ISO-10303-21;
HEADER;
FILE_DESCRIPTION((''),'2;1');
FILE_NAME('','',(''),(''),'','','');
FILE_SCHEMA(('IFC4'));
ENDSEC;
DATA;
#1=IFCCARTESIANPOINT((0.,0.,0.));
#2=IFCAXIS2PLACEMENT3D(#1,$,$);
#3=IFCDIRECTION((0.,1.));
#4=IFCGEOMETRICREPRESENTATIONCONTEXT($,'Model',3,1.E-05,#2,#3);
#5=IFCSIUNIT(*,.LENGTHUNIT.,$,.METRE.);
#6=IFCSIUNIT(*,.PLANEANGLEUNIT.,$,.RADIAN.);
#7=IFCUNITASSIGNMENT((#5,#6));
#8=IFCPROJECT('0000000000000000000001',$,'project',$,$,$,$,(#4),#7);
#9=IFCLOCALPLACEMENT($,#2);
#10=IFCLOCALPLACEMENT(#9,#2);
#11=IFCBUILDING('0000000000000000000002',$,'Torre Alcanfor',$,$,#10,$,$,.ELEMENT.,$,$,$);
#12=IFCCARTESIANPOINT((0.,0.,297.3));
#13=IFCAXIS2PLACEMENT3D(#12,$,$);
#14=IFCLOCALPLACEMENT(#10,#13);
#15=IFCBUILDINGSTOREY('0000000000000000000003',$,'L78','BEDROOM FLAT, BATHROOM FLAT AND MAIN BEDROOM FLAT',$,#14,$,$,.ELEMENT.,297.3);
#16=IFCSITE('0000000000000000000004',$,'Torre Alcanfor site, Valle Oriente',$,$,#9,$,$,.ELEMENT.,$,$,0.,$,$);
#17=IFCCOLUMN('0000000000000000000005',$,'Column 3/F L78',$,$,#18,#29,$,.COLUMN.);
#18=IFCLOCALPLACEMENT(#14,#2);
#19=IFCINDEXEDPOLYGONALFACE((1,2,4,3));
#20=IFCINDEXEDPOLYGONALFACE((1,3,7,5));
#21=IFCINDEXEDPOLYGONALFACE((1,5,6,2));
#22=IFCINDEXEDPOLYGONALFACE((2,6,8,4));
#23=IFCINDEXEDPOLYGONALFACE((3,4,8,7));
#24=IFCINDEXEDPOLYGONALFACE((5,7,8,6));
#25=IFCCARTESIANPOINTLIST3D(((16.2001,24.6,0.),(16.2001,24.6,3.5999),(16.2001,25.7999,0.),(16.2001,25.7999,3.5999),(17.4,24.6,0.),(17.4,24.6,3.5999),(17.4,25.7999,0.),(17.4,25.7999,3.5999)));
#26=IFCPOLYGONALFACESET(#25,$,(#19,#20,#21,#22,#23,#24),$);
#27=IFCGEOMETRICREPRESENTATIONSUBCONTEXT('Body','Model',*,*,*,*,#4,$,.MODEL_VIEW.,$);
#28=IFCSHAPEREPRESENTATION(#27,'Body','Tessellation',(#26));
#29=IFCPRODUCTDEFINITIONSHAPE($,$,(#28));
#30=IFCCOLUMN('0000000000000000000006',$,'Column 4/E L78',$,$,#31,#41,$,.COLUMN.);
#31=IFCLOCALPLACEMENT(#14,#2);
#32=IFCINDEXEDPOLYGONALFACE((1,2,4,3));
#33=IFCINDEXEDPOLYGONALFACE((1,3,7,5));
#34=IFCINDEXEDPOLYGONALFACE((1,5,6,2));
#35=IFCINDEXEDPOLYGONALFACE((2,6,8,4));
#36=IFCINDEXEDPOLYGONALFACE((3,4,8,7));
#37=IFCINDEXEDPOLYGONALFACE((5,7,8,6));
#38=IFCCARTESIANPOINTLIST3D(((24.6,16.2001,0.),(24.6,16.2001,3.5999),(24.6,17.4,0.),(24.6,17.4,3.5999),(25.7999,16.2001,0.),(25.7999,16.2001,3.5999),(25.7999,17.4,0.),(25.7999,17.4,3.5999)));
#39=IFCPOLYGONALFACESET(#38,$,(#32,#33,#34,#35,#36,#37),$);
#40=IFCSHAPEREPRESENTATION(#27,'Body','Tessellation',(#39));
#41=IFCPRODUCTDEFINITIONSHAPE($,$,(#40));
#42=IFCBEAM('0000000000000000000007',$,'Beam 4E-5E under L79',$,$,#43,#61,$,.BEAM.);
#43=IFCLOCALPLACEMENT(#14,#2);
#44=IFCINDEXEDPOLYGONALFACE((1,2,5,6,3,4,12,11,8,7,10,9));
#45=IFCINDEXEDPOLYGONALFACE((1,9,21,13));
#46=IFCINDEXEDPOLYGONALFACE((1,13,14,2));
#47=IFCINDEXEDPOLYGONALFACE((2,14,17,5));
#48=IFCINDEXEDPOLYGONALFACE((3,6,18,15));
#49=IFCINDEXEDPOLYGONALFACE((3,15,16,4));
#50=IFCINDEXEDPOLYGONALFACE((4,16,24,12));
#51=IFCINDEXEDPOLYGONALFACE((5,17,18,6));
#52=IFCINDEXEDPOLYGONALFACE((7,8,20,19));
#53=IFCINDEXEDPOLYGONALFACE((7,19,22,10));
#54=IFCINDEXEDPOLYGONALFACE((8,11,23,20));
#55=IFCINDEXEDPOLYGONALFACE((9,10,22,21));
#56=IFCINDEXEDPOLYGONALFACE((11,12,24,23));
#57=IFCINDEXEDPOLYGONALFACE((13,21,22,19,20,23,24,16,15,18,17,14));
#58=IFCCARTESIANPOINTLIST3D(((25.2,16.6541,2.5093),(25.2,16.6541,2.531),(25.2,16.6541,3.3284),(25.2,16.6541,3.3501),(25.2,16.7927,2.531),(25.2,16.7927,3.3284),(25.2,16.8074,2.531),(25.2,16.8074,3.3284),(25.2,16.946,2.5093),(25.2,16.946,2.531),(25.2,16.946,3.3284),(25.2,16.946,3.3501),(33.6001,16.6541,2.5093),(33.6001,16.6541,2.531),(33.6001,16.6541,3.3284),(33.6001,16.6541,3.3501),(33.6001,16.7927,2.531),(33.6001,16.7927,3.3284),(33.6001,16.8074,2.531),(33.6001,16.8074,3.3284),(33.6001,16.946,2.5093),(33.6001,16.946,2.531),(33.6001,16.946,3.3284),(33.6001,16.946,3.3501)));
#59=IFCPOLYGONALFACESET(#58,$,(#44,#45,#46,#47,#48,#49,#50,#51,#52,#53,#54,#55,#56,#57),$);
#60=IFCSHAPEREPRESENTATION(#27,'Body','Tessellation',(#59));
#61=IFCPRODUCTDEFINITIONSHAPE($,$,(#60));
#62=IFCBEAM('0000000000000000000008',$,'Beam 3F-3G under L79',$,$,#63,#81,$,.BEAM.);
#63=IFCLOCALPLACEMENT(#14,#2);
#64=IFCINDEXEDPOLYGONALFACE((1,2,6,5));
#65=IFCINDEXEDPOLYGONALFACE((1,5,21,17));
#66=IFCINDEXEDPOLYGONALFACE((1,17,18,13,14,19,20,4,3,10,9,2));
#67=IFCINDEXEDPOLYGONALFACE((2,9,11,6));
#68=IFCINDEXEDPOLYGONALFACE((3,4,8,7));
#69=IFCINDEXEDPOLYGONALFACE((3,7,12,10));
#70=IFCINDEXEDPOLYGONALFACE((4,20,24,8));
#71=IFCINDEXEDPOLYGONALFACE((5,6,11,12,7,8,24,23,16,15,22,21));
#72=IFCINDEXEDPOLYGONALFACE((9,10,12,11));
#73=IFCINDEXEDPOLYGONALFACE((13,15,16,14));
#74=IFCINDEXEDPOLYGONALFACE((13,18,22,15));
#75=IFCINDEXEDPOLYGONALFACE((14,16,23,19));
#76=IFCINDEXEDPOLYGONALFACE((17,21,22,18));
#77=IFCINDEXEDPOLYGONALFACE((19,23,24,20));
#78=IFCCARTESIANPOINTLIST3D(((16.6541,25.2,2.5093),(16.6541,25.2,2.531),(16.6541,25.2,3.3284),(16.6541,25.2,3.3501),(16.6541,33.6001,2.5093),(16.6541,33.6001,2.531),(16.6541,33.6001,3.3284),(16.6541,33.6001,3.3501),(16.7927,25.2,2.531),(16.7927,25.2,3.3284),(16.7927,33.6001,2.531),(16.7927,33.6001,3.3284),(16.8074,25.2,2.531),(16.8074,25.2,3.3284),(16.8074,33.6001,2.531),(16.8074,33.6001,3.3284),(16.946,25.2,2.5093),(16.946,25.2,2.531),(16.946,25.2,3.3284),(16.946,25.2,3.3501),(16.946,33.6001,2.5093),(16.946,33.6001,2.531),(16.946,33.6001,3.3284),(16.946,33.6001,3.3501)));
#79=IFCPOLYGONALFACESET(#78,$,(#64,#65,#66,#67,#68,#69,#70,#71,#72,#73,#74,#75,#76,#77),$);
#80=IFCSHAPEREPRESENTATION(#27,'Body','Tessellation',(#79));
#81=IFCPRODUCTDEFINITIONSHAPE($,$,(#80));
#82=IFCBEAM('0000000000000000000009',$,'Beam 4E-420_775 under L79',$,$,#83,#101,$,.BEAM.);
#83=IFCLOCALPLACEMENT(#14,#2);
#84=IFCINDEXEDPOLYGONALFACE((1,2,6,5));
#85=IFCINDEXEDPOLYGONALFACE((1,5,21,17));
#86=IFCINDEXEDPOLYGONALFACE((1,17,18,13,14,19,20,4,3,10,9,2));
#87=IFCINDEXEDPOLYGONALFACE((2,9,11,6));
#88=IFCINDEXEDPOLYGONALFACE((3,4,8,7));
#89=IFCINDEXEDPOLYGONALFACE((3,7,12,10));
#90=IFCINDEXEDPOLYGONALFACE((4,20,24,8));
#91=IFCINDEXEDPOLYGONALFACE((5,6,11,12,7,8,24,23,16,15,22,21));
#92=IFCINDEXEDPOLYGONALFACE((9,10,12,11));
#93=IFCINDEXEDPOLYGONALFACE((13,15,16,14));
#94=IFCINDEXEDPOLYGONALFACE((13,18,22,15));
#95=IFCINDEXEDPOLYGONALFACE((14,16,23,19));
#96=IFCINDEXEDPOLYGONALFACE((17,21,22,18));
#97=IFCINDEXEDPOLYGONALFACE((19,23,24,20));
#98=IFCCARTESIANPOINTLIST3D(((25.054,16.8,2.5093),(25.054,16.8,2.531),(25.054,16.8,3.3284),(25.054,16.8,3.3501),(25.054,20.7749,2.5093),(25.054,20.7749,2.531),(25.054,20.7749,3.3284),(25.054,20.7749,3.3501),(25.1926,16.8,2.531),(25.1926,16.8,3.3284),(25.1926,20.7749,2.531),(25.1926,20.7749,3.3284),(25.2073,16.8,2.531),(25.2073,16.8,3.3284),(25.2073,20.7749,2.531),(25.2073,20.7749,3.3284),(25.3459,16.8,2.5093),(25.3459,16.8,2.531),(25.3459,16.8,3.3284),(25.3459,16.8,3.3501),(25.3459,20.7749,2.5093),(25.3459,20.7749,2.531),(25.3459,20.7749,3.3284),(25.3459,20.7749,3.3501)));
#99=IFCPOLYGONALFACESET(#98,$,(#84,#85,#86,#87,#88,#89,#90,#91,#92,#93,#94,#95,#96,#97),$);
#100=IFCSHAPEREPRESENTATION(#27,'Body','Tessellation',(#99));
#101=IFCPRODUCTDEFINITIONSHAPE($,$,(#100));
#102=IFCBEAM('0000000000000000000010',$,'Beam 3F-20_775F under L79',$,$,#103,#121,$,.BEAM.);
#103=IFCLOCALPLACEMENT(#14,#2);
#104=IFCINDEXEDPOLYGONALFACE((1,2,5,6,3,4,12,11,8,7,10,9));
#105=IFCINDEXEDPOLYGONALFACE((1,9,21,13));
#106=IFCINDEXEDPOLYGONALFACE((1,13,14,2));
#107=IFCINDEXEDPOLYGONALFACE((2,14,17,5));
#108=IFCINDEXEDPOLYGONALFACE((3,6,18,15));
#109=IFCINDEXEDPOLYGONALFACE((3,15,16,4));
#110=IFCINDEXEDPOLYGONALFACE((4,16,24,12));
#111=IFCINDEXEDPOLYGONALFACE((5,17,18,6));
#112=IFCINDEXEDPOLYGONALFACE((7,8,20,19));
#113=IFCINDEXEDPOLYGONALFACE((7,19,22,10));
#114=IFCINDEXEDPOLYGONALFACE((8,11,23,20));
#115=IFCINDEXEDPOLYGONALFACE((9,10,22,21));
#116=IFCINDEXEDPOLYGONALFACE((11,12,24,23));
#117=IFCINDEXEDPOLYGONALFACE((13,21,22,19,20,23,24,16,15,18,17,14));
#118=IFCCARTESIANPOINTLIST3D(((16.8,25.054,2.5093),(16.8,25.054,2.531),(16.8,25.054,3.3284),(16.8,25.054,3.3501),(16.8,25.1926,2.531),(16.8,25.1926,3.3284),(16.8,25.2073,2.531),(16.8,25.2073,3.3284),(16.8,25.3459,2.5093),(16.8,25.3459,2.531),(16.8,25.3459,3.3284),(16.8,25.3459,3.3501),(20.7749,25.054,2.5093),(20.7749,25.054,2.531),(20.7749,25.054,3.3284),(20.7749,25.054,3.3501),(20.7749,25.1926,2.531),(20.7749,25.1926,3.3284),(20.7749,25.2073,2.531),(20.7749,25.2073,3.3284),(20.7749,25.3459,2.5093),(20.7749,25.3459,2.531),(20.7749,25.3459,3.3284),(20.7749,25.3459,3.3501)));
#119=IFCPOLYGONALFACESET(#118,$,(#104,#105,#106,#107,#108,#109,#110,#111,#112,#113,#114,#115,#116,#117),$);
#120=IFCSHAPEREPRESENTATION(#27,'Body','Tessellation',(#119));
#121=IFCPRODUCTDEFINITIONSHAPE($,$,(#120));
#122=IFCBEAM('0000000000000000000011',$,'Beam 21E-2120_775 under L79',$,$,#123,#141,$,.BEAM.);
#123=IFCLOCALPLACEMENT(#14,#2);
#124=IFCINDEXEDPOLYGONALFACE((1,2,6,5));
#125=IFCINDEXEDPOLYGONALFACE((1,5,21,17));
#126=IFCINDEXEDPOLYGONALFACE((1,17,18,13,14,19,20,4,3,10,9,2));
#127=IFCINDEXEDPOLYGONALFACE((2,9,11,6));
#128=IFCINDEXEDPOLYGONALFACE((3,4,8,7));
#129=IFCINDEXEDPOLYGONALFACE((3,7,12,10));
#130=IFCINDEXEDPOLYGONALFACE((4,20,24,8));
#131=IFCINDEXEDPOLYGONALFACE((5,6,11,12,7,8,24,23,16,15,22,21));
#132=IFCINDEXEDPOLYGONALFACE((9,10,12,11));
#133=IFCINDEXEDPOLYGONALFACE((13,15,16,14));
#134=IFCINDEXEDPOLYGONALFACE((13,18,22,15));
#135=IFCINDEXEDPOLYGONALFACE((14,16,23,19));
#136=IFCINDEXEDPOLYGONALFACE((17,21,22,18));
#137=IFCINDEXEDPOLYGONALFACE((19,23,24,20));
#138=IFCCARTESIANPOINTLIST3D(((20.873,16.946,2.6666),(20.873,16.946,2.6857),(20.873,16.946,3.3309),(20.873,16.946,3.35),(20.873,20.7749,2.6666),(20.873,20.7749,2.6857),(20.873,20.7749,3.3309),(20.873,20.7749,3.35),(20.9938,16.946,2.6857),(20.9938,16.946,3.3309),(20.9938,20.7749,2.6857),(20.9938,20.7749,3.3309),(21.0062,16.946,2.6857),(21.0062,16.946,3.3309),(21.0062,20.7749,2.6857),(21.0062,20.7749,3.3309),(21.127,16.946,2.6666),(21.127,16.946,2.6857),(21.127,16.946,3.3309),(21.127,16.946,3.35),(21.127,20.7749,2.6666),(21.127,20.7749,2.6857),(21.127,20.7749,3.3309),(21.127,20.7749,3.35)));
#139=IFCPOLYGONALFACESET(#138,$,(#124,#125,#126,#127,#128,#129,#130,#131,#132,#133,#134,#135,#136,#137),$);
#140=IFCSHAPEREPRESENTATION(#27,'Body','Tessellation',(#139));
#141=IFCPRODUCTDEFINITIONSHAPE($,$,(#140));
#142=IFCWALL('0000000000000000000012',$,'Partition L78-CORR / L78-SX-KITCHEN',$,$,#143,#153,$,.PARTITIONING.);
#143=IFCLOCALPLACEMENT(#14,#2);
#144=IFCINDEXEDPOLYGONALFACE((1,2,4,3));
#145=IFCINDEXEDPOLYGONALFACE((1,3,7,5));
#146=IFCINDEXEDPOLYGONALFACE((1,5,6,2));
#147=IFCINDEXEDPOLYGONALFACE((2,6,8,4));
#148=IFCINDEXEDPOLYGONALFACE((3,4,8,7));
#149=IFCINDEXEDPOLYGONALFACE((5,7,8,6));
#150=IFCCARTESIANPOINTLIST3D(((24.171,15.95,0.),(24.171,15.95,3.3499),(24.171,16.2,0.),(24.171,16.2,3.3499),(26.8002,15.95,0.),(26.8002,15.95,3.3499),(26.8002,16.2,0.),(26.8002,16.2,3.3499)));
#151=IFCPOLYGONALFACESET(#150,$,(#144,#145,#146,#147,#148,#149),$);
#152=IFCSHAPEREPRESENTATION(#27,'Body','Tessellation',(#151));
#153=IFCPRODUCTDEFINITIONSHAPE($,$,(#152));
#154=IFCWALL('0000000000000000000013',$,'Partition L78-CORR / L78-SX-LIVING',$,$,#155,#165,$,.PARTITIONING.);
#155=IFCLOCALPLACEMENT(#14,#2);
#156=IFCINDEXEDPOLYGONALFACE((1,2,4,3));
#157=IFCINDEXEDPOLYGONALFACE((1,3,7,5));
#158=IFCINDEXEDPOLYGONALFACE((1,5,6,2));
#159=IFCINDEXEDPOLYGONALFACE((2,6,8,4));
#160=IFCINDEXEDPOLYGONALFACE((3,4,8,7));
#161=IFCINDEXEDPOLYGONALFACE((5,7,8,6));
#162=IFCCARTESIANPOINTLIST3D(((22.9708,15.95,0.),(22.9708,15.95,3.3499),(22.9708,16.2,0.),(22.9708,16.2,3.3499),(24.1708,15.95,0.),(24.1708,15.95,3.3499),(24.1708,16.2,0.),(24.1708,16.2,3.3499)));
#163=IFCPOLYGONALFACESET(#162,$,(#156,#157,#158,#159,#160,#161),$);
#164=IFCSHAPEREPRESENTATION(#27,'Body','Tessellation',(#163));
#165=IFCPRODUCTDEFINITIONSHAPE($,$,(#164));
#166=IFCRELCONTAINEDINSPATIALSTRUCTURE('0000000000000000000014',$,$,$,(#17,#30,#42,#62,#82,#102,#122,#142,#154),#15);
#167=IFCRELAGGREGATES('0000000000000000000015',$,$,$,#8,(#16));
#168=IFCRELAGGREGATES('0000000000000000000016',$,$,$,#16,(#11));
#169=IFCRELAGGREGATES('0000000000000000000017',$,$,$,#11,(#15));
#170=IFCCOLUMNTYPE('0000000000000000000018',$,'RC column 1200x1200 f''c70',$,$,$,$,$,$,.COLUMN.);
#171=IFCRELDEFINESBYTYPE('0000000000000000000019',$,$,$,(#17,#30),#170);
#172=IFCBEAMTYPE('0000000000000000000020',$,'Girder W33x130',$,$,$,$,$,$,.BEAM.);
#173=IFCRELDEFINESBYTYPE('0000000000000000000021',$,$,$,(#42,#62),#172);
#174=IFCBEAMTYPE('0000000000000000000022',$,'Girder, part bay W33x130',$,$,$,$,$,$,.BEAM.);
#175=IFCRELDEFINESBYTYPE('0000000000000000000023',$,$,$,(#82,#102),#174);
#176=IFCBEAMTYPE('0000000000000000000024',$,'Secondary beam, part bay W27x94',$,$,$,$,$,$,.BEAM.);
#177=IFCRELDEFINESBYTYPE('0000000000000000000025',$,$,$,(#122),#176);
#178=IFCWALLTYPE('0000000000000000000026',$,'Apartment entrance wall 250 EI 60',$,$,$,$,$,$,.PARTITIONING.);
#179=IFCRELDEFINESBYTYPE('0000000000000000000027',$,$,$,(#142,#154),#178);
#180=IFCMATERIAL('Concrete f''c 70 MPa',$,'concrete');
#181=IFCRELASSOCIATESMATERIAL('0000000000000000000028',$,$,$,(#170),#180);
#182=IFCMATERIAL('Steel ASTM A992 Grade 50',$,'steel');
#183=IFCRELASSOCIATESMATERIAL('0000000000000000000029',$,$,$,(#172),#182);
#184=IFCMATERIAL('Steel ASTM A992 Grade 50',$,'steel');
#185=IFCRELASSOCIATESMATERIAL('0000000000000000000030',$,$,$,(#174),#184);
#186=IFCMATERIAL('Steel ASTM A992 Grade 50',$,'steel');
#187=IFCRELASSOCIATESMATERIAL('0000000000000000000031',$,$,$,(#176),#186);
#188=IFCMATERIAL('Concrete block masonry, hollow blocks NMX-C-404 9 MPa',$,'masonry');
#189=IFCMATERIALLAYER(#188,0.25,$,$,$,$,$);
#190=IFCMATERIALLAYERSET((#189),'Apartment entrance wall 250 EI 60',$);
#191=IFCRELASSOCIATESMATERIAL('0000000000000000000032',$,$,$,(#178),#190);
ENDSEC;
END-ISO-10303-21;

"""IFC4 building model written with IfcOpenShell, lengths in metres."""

from ifc_helpers import new_model, si_unit, direction, frame, frame_2d, origin, origin_2d, place, context, subcontext, project, spatial, rectangle, i_section, extrude, material, layer, layer_set, material_profile, profile_set, type_object, element, save


model = new_model("IFC4")

# Units and contexts
model_context = context("Model", 3, precision=1e-05, world=origin(), true_north=direction((0.0, 1.0)))
body_context = subcontext(model_context, "Body", "Model", "MODEL_VIEW")
ifc_project = project(units=[si_unit("LENGTHUNIT", "METRE"), si_unit("PLANEANGLEUNIT", "RADIAN")], contexts=[model_context])

# Site, building, storey
site_placement = place(None, origin())
site = spatial("IfcSite", under=ifc_project, at=site_placement, Name="Torre Alcanfor site, Valle Oriente", CompositionType="ELEMENT", RefElevation=0.0)
building_placement = place(site_placement, origin())
building = spatial("IfcBuilding", under=site, at=building_placement, Name="Torre Alcanfor", CompositionType="ELEMENT")
storey_placement = place(building_placement, frame((0.0, 0.0, 297.3)))
storey = spatial("IfcBuildingStorey", under=building, at=storey_placement, Name="L78", Description="BEDROOM FLAT, BATHROOM FLAT AND MAIN BEDROOM FLAT", CompositionType="ELEMENT", Elevation=297.3)

# Columns
ifc_material_1 = material(Name="Concrete f'c 70 MPa", Category="concrete")
ifc_material_profile_1 = material_profile(ifc_material_1, rectangle(XDim=1.2, YDim=1.2, at=origin_2d()), Name="1200x1200")
ifc_profile_set_1 = profile_set([ifc_material_profile_1], Name="Concrete f'c 70 MPa")
column_type = type_object("IfcColumnType", Name="RC column 1200x1200 f'c70", PredefinedType="COLUMN", material=ifc_profile_set_1)
for number, where, z_axis, x_axis, name in (
    (1, (16.8, 25.2, 0.0), (0.0, 0.0, 1.0), (1.0, 0.0, 0.0), "Column 3/F L78"),
    (2, (25.2, 16.8, 0.0), (0.0, 0.0, 1.0), (1.0, 0.0, 0.0), "Column 4/E L78"),
):
    element("IfcColumn", number, at=place(storey_placement, frame(where, z_axis=z_axis, x_axis=x_axis)), inside=storey, type_object=column_type, Name=name, PredefinedType="COLUMN", context=body_context, shape_type="SweptSolid", body=[
        extrude(rectangle(XDim=1.2, YDim=1.2, at=origin_2d()), origin(), (0.0, 0.0, 1.0), 3.5999),
    ])

# Beams
ifc_material_2 = material(Name="Steel ASTM A992 Grade 50", Category="steel")
ifc_material_profile_2 = material_profile(ifc_material_2, i_section(OverallWidth=0.292, OverallDepth=0.8408, WebThickness=0.0146, FlangeThickness=0.0217, at=origin_2d()), Name="W33x130")
ifc_profile_set_2 = profile_set([ifc_material_profile_2], Name="Steel ASTM A992 Grade 50")
beam_type_1 = type_object("IfcBeamType", Name="Girder W33x130", PredefinedType="BEAM", material=ifc_profile_set_2)
for number, where, z_axis, x_axis, name in (
    (3, (25.2, 16.8, 2.9297), (1.0, 0.0, 0.0), (0.0, 1.0, 0.0), "Beam 4E-5E under L79"),
    (4, (16.8, 25.2, 2.9297), (0.0, 1.0, 0.0), (-1.0, 0.0, 0.0), "Beam 3F-3G under L79"),
):
    element("IfcBeam", number, at=place(storey_placement, frame(where, z_axis=z_axis, x_axis=x_axis)), inside=storey, type_object=beam_type_1, Name=name, PredefinedType="BEAM", context=body_context, shape_type="SweptSolid", body=[
        extrude(i_section(OverallWidth=0.292, OverallDepth=0.8408, WebThickness=0.0146, FlangeThickness=0.0217, at=origin_2d()), origin(), (0.0, 0.0, 1.0), 8.4001),
    ])
ifc_material_3 = material(Name="Steel ASTM A992 Grade 50", Category="steel")
ifc_material_profile_3 = material_profile(ifc_material_3, i_section(OverallWidth=0.292, OverallDepth=0.8408, WebThickness=0.0146, FlangeThickness=0.0217, at=origin_2d()), Name="W33x130")
ifc_profile_set_3 = profile_set([ifc_material_profile_3], Name="Steel ASTM A992 Grade 50")
beam_type_2 = type_object("IfcBeamType", Name="Girder, part bay W33x130", PredefinedType="BEAM", material=ifc_profile_set_3)
for number, where, z_axis, x_axis, name in (
    (5, (25.2, 16.8, 2.9297), (0.0, 1.0, 0.0), (-1.0, 0.0, 0.0), "Beam 4E-420_775 under L79"),
    (6, (16.8, 25.2, 2.9297), (1.0, 0.0, 0.0), (0.0, 1.0, 0.0), "Beam 3F-20_775F under L79"),
):
    element("IfcBeam", number, at=place(storey_placement, frame(where, z_axis=z_axis, x_axis=x_axis)), inside=storey, type_object=beam_type_2, Name=name, PredefinedType="BEAM", context=body_context, shape_type="SweptSolid", body=[
        extrude(i_section(OverallWidth=0.292, OverallDepth=0.8408, WebThickness=0.0146, FlangeThickness=0.0217, at=origin_2d()), origin(), (0.0, 0.0, 1.0), 3.9749),
    ])
ifc_material_4 = material(Name="Steel ASTM A992 Grade 50", Category="steel")
ifc_material_profile_4 = material_profile(ifc_material_4, i_section(OverallWidth=0.2539, OverallDepth=0.6833, WebThickness=0.0125, FlangeThickness=0.019, at=origin_2d()), Name="W27x94")
ifc_profile_set_4 = profile_set([ifc_material_profile_4], Name="Steel ASTM A992 Grade 50")
beam_type_3 = type_object("IfcBeamType", Name="Secondary beam, part bay W27x94", PredefinedType="BEAM", material=ifc_profile_set_4)
beam_placement = place(storey_placement, frame((21.0, 16.946, 3.0083), z_axis=(0.0, 1.0, 0.0), x_axis=(-1.0, 0.0, 0.0)))
element("IfcBeam", 7, at=beam_placement, inside=storey, type_object=beam_type_3, Name="Beam 21E-2120_775 under L79", PredefinedType="BEAM", context=body_context, shape_type="SweptSolid", body=[
    extrude(i_section(OverallWidth=0.2539, OverallDepth=0.6833, WebThickness=0.0125, FlangeThickness=0.019, at=origin_2d()), origin(), (0.0, 0.0, 1.0), 3.8289),
])

# Walls
ifc_material_5 = material(Name="Concrete block masonry, hollow blocks NMX-C-404 9 MPa", Category="masonry")
ifc_layer_1 = layer(ifc_material_5, 0.25)
ifc_layer_set_1 = layer_set([ifc_layer_1], Name="Apartment entrance wall 250 EI 60")
wall_type_1 = type_object("IfcWallType", Name="Apartment entrance wall 250 EI 60", PredefinedType="PARTITIONING", material=ifc_layer_set_1)
wall_1_placement = place(storey_placement, frame((26.8, 16.075, 0.0), z_axis=(0.0, 0.0, 1.0), x_axis=(-1.0, 0.0, 0.0)))
element("IfcWall", 8, at=wall_1_placement, inside=storey, type_object=wall_type_1, Name="Partition L78-CORR / L78-SX-KITCHEN", PredefinedType="PARTITIONING", context=body_context, shape_type="SweptSolid", body=[
    extrude(rectangle(XDim=2.6292, YDim=0.25, at=frame_2d((1.3145, 0.0))), origin(), (0.0, 0.0, 1.0), 3.3499),
])
wall_2_placement = place(storey_placement, frame((24.1709, 16.075, 0.0), z_axis=(0.0, 0.0, 1.0), x_axis=(-1.0, 0.0, 0.0)))
element("IfcWall", 9, at=wall_2_placement, inside=storey, type_object=wall_type_1, Name="Partition L78-CORR / L78-SX-LIVING", PredefinedType="PARTITIONING", context=body_context, shape_type="SweptSolid", body=[
    extrude(rectangle(XDim=1.2, YDim=0.25, at=frame_2d((0.6001, 0.0))), origin(), (0.0, 0.0, 1.0), 3.3499),
])

save(model, "model.ifc")
